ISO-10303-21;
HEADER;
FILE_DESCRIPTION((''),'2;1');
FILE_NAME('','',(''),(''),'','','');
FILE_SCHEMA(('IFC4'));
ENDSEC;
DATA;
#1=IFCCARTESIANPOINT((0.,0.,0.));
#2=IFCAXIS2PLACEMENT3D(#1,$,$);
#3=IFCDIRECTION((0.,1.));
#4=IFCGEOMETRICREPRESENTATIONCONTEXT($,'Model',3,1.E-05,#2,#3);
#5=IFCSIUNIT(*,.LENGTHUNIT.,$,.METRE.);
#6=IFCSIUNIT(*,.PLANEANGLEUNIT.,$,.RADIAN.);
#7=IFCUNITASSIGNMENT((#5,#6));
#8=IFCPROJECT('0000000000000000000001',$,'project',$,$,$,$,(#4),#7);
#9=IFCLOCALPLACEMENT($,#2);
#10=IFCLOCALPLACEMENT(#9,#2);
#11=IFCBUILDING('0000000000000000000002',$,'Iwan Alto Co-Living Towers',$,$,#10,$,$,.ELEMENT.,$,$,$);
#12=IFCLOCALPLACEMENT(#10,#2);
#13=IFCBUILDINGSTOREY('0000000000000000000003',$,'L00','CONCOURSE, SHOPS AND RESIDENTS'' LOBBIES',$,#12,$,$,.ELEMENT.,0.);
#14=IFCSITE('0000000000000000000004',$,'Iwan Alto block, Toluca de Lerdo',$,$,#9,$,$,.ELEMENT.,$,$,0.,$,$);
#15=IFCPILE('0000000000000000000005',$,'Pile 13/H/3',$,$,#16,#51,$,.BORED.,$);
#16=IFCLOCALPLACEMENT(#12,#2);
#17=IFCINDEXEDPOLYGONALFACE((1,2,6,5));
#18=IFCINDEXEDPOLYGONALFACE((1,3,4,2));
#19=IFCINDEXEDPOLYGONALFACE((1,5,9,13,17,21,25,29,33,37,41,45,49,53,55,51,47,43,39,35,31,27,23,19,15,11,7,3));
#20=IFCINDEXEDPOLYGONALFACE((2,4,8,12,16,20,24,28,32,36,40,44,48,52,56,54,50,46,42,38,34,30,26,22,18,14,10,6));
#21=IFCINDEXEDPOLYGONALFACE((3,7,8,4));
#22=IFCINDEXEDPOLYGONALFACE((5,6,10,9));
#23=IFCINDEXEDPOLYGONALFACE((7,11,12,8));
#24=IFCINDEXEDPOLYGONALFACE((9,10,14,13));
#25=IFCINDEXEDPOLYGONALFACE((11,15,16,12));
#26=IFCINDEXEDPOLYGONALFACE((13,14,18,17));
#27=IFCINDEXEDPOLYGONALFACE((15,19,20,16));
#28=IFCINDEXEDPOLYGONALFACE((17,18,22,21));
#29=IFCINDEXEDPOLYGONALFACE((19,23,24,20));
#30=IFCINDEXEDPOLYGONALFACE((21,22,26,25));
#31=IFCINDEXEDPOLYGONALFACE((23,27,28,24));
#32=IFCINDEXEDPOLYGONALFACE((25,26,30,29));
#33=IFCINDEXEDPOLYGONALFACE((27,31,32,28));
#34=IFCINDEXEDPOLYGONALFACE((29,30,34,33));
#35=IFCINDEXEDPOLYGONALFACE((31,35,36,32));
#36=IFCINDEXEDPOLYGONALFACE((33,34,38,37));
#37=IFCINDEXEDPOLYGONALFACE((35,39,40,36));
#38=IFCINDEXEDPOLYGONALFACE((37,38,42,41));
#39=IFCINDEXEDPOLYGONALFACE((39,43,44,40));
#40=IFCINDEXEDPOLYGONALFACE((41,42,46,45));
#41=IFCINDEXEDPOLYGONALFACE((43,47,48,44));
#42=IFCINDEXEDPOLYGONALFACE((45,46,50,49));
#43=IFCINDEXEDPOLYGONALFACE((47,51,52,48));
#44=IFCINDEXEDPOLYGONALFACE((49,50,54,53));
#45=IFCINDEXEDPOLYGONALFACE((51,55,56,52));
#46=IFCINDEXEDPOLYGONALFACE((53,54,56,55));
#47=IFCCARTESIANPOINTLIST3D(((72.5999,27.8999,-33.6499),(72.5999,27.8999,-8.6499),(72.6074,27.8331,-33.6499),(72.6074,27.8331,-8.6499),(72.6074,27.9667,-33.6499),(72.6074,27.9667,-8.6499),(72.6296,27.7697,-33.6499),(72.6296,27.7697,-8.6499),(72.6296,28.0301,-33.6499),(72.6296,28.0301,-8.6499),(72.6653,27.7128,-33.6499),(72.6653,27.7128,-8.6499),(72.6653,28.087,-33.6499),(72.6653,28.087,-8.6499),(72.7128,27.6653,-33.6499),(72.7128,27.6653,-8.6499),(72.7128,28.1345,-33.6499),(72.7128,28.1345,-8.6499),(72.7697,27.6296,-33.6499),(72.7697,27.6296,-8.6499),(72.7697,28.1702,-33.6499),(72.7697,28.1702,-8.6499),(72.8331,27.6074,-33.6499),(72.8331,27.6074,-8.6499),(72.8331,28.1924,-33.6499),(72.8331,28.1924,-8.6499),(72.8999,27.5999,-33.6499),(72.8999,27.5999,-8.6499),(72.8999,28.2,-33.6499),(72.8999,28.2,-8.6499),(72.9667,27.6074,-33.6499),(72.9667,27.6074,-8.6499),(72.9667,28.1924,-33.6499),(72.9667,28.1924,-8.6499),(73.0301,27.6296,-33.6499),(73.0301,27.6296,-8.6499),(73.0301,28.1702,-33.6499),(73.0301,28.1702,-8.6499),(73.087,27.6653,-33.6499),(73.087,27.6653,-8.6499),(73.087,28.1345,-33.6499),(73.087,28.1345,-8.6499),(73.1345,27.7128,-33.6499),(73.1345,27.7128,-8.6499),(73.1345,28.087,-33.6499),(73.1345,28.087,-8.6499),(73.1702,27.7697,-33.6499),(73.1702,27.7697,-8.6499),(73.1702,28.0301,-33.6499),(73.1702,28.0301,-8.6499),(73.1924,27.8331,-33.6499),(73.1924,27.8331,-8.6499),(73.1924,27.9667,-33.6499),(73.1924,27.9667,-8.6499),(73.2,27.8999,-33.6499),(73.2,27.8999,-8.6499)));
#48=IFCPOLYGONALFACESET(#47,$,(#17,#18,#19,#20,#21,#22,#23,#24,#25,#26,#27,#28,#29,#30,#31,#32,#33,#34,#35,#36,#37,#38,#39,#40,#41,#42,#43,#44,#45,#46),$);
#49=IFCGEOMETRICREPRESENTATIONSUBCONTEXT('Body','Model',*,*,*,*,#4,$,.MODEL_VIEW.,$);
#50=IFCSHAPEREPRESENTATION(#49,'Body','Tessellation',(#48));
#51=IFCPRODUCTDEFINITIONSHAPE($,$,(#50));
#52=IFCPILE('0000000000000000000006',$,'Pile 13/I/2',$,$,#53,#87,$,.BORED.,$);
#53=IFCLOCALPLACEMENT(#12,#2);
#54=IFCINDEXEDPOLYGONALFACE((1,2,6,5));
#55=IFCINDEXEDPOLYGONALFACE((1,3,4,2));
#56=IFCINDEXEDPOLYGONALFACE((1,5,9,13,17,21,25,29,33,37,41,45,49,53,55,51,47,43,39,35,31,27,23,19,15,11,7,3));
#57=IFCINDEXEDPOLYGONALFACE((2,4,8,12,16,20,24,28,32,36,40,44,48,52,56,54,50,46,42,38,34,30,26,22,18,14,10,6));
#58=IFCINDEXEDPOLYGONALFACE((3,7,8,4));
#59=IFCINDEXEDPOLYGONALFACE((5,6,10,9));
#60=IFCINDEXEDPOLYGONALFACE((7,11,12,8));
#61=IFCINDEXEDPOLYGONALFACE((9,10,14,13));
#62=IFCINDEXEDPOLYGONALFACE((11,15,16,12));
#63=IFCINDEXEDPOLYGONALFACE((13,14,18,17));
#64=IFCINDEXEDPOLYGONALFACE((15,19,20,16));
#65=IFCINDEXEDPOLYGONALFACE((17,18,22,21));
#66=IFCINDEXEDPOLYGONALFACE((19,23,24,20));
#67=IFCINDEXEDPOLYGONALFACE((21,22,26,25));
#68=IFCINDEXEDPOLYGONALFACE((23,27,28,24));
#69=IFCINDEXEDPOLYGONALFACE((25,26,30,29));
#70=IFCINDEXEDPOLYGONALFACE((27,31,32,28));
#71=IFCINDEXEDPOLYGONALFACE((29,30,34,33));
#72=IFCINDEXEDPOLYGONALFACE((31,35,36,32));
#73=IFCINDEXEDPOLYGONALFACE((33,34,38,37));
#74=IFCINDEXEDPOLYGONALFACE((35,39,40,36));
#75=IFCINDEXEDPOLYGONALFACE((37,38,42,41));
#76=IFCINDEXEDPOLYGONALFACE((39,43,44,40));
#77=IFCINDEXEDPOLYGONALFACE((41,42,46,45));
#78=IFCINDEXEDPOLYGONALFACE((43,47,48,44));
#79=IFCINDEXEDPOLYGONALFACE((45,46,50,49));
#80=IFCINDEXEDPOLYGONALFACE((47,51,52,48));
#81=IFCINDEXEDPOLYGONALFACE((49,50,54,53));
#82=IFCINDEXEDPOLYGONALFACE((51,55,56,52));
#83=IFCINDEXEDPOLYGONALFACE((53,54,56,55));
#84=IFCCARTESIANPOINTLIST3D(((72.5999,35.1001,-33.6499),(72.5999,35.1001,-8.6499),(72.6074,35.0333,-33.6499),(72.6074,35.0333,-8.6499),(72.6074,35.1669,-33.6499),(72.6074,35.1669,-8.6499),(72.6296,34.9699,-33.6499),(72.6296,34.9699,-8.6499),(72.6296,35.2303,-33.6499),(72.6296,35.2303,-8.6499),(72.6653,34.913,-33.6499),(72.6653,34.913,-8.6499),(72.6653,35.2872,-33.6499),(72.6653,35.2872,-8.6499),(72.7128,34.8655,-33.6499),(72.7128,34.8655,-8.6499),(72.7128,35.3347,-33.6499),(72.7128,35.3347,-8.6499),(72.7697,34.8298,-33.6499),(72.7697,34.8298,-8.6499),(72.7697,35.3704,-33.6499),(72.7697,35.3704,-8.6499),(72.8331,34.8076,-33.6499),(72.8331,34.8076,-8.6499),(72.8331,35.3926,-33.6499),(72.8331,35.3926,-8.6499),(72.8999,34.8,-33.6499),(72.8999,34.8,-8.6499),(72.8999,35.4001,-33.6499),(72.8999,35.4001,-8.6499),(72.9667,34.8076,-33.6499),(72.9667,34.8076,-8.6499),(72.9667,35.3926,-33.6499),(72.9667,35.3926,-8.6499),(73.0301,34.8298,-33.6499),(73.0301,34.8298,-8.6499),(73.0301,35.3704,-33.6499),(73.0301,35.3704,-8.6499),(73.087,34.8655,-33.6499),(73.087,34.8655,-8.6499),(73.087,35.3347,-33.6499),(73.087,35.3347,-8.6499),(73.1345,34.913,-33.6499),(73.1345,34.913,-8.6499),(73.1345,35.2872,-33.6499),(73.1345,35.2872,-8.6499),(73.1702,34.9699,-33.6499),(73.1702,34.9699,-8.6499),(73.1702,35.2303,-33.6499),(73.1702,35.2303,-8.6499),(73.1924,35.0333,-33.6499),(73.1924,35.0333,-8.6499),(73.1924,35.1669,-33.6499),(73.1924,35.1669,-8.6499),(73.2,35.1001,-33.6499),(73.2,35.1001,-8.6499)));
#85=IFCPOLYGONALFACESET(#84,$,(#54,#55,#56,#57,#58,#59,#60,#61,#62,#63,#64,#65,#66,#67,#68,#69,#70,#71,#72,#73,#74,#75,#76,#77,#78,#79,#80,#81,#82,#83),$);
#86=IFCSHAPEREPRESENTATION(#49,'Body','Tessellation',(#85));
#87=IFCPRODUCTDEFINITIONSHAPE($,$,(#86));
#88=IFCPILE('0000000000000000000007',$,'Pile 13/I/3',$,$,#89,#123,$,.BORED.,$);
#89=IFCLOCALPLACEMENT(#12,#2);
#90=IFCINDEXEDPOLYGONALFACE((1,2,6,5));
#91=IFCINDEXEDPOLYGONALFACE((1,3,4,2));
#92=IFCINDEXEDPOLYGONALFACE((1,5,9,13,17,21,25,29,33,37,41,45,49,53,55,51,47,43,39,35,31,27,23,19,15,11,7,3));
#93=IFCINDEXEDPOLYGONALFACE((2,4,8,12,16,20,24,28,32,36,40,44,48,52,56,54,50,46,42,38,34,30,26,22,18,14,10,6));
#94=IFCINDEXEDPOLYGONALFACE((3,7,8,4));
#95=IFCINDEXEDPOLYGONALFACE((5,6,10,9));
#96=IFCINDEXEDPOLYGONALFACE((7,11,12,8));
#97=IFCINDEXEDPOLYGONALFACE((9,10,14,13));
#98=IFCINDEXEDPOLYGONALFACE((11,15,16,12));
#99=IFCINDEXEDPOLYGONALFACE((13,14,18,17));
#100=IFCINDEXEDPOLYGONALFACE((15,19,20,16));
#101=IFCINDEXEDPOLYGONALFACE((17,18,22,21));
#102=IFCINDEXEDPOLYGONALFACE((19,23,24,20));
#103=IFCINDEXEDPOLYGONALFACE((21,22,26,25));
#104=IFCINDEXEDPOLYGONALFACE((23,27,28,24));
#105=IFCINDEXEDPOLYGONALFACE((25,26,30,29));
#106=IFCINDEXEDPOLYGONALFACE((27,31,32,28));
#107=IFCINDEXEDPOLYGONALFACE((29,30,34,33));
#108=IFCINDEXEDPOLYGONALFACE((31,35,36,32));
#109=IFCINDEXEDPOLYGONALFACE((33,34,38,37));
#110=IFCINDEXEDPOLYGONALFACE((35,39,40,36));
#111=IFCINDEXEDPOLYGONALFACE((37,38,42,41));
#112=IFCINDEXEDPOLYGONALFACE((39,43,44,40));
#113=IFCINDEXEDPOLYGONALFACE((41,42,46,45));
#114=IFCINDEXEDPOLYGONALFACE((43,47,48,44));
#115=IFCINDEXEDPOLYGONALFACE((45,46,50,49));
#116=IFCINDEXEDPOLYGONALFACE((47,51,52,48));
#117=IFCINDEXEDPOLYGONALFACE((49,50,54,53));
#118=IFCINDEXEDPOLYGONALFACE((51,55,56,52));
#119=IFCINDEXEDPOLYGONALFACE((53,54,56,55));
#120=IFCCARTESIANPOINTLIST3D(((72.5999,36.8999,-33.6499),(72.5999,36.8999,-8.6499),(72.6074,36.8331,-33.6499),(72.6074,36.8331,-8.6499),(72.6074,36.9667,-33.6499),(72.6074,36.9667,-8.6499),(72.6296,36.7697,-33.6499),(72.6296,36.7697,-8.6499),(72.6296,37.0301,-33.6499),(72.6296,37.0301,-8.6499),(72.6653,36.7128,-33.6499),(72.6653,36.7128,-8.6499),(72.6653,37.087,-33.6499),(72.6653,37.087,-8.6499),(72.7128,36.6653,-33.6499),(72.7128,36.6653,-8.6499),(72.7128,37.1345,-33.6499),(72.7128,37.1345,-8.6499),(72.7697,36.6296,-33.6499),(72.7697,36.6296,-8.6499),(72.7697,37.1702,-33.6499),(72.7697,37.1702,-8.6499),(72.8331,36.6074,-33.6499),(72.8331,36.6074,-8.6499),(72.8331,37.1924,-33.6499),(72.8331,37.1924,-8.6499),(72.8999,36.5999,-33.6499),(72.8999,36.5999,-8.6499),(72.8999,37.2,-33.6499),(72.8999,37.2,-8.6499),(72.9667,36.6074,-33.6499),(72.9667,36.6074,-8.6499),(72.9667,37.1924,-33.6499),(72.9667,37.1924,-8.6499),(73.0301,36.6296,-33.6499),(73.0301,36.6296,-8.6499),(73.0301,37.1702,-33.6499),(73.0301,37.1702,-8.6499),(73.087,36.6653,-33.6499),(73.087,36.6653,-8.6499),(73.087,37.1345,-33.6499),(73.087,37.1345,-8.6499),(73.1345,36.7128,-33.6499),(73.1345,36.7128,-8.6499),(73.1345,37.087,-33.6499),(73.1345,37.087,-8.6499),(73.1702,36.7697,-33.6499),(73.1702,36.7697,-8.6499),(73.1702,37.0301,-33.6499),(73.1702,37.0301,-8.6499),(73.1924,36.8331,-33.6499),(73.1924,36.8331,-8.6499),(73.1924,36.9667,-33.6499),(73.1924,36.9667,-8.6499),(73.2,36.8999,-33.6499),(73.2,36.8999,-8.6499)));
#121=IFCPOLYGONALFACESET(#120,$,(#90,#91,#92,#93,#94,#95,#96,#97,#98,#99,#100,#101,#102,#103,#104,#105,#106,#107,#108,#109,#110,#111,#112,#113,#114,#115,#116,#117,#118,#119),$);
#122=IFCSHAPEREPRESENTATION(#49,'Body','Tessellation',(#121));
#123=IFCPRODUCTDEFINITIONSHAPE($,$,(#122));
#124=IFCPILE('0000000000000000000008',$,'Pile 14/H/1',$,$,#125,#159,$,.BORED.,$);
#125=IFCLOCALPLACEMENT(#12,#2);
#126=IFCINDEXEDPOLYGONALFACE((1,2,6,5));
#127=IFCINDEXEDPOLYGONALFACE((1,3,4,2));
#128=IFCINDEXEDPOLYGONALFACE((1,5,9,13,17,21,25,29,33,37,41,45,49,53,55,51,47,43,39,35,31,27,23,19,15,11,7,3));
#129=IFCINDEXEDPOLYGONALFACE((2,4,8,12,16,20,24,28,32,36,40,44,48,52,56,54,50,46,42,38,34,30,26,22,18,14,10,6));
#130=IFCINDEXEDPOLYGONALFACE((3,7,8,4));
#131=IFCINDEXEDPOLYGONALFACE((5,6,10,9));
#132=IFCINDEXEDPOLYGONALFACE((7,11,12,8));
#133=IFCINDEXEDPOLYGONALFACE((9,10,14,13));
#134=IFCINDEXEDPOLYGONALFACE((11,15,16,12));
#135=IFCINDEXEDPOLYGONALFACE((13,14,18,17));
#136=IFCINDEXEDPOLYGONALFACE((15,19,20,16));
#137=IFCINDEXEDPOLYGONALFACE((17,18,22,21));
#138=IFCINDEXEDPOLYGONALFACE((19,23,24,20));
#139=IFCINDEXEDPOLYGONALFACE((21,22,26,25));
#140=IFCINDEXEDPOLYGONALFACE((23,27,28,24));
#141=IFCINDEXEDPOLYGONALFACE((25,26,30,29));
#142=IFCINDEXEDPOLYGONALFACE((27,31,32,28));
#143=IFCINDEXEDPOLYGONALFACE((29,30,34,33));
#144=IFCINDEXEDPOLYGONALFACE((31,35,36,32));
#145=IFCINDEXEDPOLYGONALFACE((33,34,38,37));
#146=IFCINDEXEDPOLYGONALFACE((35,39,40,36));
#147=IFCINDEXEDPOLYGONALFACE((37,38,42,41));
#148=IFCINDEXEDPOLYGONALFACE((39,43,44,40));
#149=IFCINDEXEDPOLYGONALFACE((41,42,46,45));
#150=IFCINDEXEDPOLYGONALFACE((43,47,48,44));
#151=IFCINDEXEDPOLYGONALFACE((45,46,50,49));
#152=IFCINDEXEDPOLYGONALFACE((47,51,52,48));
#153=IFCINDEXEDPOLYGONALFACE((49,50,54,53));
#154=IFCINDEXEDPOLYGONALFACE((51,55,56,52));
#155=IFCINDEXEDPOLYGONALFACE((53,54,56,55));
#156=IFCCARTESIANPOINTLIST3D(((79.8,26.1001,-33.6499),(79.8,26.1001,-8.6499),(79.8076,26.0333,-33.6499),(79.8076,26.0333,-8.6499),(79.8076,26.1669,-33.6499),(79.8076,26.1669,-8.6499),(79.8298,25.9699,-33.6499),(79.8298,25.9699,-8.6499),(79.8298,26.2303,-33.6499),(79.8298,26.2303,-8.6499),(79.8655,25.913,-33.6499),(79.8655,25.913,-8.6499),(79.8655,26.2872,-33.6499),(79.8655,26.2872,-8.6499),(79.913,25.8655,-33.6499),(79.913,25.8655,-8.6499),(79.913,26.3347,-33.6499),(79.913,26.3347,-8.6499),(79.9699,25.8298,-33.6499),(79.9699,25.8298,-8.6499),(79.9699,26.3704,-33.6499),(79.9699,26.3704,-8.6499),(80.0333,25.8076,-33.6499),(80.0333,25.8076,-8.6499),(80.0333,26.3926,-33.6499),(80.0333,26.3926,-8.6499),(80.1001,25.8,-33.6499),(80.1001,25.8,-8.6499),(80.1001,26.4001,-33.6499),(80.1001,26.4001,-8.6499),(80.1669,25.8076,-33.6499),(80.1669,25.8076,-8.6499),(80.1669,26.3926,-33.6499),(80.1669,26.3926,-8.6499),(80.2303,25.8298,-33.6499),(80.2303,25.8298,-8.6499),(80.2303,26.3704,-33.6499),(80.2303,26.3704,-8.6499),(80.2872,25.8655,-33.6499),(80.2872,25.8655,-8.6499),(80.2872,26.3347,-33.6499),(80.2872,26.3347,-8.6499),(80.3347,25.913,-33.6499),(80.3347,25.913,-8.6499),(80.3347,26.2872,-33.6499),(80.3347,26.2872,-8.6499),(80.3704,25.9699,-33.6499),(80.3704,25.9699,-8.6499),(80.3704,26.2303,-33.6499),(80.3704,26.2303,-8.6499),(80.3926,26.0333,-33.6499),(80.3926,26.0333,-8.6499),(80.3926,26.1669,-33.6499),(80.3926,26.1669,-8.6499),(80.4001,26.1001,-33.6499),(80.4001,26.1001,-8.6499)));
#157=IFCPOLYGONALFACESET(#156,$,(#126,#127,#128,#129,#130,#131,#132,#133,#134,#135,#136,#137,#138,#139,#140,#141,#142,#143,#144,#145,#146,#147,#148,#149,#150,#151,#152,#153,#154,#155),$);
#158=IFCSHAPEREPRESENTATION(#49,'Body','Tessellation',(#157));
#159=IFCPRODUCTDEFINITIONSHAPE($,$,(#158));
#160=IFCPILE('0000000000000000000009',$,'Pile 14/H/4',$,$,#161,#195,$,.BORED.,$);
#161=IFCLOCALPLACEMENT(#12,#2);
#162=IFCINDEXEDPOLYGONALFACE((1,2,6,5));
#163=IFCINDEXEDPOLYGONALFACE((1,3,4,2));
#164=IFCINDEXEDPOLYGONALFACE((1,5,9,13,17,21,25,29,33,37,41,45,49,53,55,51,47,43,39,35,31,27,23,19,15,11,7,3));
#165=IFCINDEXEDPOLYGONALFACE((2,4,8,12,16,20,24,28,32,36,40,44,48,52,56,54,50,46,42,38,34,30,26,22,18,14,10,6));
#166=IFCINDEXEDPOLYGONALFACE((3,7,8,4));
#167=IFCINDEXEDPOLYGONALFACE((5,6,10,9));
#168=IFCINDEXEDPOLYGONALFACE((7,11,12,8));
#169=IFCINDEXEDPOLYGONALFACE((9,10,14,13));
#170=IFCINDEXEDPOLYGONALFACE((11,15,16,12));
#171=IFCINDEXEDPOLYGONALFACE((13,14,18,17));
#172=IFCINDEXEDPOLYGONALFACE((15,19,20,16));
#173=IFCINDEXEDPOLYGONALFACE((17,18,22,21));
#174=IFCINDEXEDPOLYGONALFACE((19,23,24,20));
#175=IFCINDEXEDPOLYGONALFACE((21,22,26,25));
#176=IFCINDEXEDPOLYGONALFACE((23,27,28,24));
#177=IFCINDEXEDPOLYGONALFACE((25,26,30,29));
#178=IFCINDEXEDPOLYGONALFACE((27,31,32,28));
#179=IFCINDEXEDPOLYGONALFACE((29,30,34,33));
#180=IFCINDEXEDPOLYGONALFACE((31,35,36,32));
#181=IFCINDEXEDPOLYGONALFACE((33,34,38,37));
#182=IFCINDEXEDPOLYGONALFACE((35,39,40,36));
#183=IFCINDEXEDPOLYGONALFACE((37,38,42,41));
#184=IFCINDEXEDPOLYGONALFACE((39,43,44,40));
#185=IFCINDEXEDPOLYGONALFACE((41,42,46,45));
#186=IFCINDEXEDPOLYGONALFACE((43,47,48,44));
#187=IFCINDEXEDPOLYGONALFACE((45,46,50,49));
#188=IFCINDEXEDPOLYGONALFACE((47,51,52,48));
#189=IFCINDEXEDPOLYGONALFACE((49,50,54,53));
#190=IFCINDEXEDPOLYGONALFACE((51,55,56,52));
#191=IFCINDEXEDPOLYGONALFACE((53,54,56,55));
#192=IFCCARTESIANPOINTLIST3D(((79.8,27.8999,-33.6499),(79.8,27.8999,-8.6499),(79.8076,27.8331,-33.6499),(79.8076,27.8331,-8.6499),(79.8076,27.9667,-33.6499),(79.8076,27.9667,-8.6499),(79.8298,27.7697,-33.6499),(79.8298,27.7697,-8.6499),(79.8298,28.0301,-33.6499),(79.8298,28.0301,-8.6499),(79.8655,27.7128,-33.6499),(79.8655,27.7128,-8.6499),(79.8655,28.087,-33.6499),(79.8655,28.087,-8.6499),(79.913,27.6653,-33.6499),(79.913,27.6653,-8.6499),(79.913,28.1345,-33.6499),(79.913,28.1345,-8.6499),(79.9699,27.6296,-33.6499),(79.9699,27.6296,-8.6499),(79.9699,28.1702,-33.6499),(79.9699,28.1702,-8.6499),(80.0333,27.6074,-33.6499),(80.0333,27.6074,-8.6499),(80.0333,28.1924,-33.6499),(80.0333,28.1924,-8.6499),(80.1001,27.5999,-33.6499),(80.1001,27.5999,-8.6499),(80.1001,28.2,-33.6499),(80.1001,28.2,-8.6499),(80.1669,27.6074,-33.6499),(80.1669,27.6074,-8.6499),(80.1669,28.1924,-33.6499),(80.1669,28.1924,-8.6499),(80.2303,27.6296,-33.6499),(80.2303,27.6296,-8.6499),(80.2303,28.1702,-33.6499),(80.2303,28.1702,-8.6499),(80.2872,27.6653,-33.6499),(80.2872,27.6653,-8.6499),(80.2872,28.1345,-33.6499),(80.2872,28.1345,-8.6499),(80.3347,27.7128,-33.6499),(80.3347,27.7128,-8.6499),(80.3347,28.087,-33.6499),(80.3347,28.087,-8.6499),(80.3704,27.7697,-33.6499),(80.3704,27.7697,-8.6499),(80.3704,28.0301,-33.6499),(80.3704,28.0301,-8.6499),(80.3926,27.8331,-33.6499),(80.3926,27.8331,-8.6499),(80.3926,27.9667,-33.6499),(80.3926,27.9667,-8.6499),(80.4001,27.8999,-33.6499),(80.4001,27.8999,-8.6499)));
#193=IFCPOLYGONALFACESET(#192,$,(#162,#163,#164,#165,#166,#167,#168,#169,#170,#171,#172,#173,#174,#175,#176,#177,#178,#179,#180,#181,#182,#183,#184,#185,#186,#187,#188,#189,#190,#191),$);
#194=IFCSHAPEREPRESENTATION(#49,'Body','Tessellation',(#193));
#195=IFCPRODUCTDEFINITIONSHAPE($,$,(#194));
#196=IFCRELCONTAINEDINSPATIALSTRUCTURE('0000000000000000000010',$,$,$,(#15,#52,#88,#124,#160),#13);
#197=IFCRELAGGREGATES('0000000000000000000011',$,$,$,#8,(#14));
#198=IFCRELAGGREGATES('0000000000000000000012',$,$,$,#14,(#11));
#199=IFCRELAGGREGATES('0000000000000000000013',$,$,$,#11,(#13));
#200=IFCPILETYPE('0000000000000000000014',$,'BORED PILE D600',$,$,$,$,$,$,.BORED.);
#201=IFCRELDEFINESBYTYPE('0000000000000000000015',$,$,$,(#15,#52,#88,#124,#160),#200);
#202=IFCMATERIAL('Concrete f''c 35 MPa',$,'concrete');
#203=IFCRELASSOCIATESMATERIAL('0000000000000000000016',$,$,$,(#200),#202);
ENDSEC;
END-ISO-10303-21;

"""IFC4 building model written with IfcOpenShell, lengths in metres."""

from ifc_helpers import new_model, si_unit, direction, frame, origin, origin_2d, place, context, subcontext, project, spatial, circle, extrude, material, material_profile, profile_set, type_object, element, save


model = new_model("IFC4")

# Units and contexts
model_context = context("Model", 3, precision=1e-05, world=origin(), true_north=direction((0.0, 1.0)))
body_context = subcontext(model_context, "Body", "Model", "MODEL_VIEW")
ifc_project = project(units=[si_unit("LENGTHUNIT", "METRE"), si_unit("PLANEANGLEUNIT", "RADIAN")], contexts=[model_context])

# Site, building, storey
site_placement = place(None, origin())
site = spatial("IfcSite", under=ifc_project, at=site_placement, Name="Iwan Alto block, Toluca de Lerdo", CompositionType="ELEMENT", RefElevation=0.0)
building_placement = place(site_placement, origin())
building = spatial("IfcBuilding", under=site, at=building_placement, Name="Iwan Alto Co-Living Towers", CompositionType="ELEMENT")
storey_placement = place(building_placement, origin())
storey = spatial("IfcBuildingStorey", under=building, at=storey_placement, Name="L00", Description="CONCOURSE, SHOPS AND RESIDENTS' LOBBIES", CompositionType="ELEMENT", Elevation=0.0)

# Piles
ifc_material_1 = material(Name="Concrete f'c 35 MPa", Category="concrete")
ifc_material_profile_1 = material_profile(ifc_material_1, circle(Radius=0.3, at=origin_2d()), Name="D600")
ifc_profile_set_1 = profile_set([ifc_material_profile_1], Name="Concrete f'c 35 MPa")
pile_type_1 = type_object("IfcPileType", Name="BORED PILE D600", PredefinedType="BORED", material=ifc_profile_set_1)
for number, where, z_axis, x_axis, name in (
    (1, (72.8999, 27.8999, -8.6499), (0.0, 0.0, -1.0), (1.0, 0.0, 0.0), "Pile 13/H/3"),
    (2, (72.8999, 35.1001, -8.6499), (0.0, 0.0, -1.0), (1.0, 0.0, 0.0), "Pile 13/I/2"),
    (3, (72.8999, 36.8999, -8.6499), (0.0, 0.0, -1.0), (1.0, 0.0, 0.0), "Pile 13/I/3"),
    (4, (80.1001, 26.1001, -8.6499), (0.0, 0.0, -1.0), (1.0, 0.0, 0.0), "Pile 14/H/1"),
    (5, (80.1001, 27.8999, -8.6499), (0.0, 0.0, -1.0), (1.0, 0.0, 0.0), "Pile 14/H/4"),
):
    element("IfcPile", number, at=place(storey_placement, frame(where, z_axis=z_axis, x_axis=x_axis)), inside=storey, type_object=pile_type_1, Name=name, PredefinedType="BORED", context=body_context, shape_type="SweptSolid", body=[
        extrude(circle(Radius=0.3, at=origin_2d()), origin(), (0.0, 0.0, 1.0), 25.0),
    ])

save(model, "model.ifc")
